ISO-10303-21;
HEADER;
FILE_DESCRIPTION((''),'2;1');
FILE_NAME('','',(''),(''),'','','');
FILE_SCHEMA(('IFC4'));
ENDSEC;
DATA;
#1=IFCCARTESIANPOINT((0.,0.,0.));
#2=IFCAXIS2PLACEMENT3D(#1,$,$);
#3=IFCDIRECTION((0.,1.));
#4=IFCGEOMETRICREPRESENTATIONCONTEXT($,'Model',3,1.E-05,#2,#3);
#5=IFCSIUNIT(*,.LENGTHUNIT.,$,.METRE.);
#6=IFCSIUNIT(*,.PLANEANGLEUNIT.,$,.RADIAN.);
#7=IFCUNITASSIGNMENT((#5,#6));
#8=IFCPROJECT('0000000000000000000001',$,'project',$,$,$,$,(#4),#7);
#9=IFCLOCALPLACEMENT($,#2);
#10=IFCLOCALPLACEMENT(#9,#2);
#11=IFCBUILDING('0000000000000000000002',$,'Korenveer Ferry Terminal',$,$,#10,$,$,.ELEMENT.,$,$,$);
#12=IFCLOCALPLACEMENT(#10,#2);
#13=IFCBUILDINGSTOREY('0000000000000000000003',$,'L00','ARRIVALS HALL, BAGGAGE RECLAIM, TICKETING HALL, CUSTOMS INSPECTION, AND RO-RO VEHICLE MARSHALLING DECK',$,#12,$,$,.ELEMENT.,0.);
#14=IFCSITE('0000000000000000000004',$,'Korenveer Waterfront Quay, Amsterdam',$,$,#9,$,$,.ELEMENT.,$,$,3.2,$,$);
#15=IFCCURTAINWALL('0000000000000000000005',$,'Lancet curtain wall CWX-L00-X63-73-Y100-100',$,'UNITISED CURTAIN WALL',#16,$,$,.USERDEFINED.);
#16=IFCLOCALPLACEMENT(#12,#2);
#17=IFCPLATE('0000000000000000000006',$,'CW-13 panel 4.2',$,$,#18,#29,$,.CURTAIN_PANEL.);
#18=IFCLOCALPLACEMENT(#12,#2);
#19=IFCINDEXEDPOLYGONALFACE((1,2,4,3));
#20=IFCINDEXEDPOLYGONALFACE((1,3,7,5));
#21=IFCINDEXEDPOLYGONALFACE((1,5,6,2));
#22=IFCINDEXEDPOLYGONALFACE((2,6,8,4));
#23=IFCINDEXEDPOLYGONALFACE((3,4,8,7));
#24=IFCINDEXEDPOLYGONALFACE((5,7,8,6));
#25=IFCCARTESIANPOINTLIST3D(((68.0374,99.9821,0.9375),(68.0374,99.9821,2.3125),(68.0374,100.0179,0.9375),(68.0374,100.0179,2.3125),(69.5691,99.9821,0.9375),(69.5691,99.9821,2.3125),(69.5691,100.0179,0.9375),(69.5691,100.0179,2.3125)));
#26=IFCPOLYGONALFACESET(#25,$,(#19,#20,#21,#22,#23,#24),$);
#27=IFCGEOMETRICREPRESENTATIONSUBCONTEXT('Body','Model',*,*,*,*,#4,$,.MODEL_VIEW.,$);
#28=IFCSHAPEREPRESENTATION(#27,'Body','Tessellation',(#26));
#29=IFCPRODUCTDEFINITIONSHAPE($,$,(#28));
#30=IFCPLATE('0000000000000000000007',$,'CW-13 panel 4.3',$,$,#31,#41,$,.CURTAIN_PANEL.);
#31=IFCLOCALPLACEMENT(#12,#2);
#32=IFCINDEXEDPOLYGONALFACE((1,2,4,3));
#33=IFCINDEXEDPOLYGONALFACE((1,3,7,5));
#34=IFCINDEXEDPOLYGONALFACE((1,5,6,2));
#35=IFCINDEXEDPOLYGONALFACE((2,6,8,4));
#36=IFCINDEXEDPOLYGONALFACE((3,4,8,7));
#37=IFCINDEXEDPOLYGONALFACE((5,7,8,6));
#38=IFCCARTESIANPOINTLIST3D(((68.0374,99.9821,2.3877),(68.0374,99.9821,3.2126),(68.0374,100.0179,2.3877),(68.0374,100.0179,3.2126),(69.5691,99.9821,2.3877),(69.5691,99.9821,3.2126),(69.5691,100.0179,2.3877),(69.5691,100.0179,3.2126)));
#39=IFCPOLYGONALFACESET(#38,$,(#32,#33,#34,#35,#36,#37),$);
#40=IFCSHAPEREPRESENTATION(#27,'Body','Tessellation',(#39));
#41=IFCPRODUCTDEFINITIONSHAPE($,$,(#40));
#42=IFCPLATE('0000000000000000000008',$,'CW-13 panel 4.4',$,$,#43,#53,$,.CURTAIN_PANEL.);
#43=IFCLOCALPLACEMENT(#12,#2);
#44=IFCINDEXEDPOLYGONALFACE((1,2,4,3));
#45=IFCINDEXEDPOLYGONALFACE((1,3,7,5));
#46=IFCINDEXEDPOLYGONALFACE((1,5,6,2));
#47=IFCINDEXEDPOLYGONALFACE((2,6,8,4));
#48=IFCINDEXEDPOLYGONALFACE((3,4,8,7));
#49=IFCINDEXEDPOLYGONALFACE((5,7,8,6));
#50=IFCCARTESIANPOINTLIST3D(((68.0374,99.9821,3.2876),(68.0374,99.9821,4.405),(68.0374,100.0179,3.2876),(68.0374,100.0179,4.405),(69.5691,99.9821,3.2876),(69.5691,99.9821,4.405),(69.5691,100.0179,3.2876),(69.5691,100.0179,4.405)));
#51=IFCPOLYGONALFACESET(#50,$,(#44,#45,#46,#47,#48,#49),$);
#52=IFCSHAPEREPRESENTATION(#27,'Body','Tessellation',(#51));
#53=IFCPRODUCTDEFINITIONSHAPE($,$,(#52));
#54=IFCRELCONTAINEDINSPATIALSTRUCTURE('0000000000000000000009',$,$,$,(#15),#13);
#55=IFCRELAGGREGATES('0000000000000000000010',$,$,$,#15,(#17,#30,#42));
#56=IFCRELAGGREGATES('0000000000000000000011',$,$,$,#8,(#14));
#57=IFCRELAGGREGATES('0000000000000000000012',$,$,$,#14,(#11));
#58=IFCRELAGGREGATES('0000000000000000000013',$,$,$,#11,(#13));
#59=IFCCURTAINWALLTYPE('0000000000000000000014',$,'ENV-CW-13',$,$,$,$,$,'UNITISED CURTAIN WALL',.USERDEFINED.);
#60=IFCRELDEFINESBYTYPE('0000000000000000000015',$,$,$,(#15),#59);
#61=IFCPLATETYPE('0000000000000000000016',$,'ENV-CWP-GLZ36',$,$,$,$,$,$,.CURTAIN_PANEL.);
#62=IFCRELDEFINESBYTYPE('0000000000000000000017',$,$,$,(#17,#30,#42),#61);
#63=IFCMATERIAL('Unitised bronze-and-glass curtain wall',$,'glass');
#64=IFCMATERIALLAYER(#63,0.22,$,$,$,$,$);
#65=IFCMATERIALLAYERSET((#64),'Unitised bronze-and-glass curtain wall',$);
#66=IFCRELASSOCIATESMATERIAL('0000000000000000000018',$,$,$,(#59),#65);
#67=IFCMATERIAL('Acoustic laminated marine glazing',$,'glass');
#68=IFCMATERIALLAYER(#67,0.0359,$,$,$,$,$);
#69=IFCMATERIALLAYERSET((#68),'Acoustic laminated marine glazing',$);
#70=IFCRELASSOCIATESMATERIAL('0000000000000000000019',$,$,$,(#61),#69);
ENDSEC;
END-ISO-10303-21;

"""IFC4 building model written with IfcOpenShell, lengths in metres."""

from ifc_helpers import new_model, si_unit, direction, frame, origin, origin_2d, place, context, subcontext, project, spatial, rectangle, extrude, material, layer, layer_set, type_object, element, aggregate, save


model = new_model("IFC4")

# Units and contexts
model_context = context("Model", 3, precision=1e-05, world=origin(), true_north=direction((0.0, 1.0)))
body_context = subcontext(model_context, "Body", "Model", "MODEL_VIEW")
ifc_project = project(units=[si_unit("LENGTHUNIT", "METRE"), si_unit("PLANEANGLEUNIT", "RADIAN")], contexts=[model_context])

# Site, building, storey
site_placement = place(None, origin())
site = spatial("IfcSite", under=ifc_project, at=site_placement, Name="Korenveer Waterfront Quay, Amsterdam", CompositionType="ELEMENT", RefElevation=3.2)
building_placement = place(site_placement, origin())
building = spatial("IfcBuilding", under=site, at=building_placement, Name="Korenveer Ferry Terminal", CompositionType="ELEMENT")
storey_placement = place(building_placement, origin())
storey = spatial("IfcBuildingStorey", under=building, at=storey_placement, Name="L00", Description="ARRIVALS HALL, BAGGAGE RECLAIM, TICKETING HALL, CUSTOMS INSPECTION, AND RO-RO VEHICLE MARSHALLING DECK", CompositionType="ELEMENT", Elevation=0.0)

# Curtain wall
ifc_material_1 = material(Name="Unitised bronze-and-glass curtain wall", Category="glass")
ifc_layer_1 = layer(ifc_material_1, 0.22)
ifc_layer_set_1 = layer_set([ifc_layer_1], Name="Unitised bronze-and-glass curtain wall")
curtain_wall_type = type_object("IfcCurtainWallType", Name="ENV-CW-13", ElementType="UNITISED CURTAIN WALL", PredefinedType="USERDEFINED", material=ifc_layer_set_1)
curtain_wall_placement = place(storey_placement, frame((63.1799, 100.0, 0.0)))
curtain_wall = element("IfcCurtainWall", 1, at=curtain_wall_placement, inside=storey, type_object=curtain_wall_type, Name="Lancet curtain wall CWX-L00-X63-73-Y100-100", ObjectType="UNITISED CURTAIN WALL", PredefinedType="USERDEFINED")

# Plates
ifc_material_2 = material(Name="Acoustic laminated marine glazing", Category="glass")
ifc_layer_2 = layer(ifc_material_2, 0.0359)
ifc_layer_set_2 = layer_set([ifc_layer_2], Name="Acoustic laminated marine glazing")
plate_type = type_object("IfcPlateType", Name="ENV-CWP-GLZ36", PredefinedType="CURTAIN_PANEL", material=ifc_layer_set_2)
plate_1_placement = place(storey_placement, frame((68.8032, 100.0, 0.9375), z_axis=(0.0, 0.0, 1.0), x_axis=(1.0, 0.0, 0.0)))
plate_1 = element("IfcPlate", 2, at=plate_1_placement, type_object=plate_type, Name="CW-13 panel 4.2", PredefinedType="CURTAIN_PANEL", context=body_context, shape_type="SweptSolid", body=[
    extrude(rectangle(XDim=1.5317, YDim=0.0359, at=origin_2d()), origin(), (0.0, 0.0, 1.0), 1.375),
])
plate_2_placement = place(storey_placement, frame((68.8032, 100.0, 2.3877), z_axis=(0.0, 0.0, 1.0), x_axis=(1.0, 0.0, 0.0)))
plate_2 = element("IfcPlate", 3, at=plate_2_placement, type_object=plate_type, Name="CW-13 panel 4.3", PredefinedType="CURTAIN_PANEL", context=body_context, shape_type="SweptSolid", body=[
    extrude(rectangle(XDim=1.5317, YDim=0.0359, at=origin_2d()), origin(), (0.0, 0.0, 1.0), 0.825),
])
plate_3_placement = place(storey_placement, frame((68.8032, 100.0, 3.2876), z_axis=(0.0, 0.0, 1.0), x_axis=(1.0, 0.0, 0.0)))
plate_3 = element("IfcPlate", 4, at=plate_3_placement, type_object=plate_type, Name="CW-13 panel 4.4", PredefinedType="CURTAIN_PANEL", context=body_context, shape_type="SweptSolid", body=[
    extrude(rectangle(XDim=1.5317, YDim=0.0359, at=origin_2d()), origin(), (0.0, 0.0, 1.0), 1.1174),
])
aggregate(curtain_wall, [plate_1, plate_2, plate_3])

save(model, "model.ifc")
